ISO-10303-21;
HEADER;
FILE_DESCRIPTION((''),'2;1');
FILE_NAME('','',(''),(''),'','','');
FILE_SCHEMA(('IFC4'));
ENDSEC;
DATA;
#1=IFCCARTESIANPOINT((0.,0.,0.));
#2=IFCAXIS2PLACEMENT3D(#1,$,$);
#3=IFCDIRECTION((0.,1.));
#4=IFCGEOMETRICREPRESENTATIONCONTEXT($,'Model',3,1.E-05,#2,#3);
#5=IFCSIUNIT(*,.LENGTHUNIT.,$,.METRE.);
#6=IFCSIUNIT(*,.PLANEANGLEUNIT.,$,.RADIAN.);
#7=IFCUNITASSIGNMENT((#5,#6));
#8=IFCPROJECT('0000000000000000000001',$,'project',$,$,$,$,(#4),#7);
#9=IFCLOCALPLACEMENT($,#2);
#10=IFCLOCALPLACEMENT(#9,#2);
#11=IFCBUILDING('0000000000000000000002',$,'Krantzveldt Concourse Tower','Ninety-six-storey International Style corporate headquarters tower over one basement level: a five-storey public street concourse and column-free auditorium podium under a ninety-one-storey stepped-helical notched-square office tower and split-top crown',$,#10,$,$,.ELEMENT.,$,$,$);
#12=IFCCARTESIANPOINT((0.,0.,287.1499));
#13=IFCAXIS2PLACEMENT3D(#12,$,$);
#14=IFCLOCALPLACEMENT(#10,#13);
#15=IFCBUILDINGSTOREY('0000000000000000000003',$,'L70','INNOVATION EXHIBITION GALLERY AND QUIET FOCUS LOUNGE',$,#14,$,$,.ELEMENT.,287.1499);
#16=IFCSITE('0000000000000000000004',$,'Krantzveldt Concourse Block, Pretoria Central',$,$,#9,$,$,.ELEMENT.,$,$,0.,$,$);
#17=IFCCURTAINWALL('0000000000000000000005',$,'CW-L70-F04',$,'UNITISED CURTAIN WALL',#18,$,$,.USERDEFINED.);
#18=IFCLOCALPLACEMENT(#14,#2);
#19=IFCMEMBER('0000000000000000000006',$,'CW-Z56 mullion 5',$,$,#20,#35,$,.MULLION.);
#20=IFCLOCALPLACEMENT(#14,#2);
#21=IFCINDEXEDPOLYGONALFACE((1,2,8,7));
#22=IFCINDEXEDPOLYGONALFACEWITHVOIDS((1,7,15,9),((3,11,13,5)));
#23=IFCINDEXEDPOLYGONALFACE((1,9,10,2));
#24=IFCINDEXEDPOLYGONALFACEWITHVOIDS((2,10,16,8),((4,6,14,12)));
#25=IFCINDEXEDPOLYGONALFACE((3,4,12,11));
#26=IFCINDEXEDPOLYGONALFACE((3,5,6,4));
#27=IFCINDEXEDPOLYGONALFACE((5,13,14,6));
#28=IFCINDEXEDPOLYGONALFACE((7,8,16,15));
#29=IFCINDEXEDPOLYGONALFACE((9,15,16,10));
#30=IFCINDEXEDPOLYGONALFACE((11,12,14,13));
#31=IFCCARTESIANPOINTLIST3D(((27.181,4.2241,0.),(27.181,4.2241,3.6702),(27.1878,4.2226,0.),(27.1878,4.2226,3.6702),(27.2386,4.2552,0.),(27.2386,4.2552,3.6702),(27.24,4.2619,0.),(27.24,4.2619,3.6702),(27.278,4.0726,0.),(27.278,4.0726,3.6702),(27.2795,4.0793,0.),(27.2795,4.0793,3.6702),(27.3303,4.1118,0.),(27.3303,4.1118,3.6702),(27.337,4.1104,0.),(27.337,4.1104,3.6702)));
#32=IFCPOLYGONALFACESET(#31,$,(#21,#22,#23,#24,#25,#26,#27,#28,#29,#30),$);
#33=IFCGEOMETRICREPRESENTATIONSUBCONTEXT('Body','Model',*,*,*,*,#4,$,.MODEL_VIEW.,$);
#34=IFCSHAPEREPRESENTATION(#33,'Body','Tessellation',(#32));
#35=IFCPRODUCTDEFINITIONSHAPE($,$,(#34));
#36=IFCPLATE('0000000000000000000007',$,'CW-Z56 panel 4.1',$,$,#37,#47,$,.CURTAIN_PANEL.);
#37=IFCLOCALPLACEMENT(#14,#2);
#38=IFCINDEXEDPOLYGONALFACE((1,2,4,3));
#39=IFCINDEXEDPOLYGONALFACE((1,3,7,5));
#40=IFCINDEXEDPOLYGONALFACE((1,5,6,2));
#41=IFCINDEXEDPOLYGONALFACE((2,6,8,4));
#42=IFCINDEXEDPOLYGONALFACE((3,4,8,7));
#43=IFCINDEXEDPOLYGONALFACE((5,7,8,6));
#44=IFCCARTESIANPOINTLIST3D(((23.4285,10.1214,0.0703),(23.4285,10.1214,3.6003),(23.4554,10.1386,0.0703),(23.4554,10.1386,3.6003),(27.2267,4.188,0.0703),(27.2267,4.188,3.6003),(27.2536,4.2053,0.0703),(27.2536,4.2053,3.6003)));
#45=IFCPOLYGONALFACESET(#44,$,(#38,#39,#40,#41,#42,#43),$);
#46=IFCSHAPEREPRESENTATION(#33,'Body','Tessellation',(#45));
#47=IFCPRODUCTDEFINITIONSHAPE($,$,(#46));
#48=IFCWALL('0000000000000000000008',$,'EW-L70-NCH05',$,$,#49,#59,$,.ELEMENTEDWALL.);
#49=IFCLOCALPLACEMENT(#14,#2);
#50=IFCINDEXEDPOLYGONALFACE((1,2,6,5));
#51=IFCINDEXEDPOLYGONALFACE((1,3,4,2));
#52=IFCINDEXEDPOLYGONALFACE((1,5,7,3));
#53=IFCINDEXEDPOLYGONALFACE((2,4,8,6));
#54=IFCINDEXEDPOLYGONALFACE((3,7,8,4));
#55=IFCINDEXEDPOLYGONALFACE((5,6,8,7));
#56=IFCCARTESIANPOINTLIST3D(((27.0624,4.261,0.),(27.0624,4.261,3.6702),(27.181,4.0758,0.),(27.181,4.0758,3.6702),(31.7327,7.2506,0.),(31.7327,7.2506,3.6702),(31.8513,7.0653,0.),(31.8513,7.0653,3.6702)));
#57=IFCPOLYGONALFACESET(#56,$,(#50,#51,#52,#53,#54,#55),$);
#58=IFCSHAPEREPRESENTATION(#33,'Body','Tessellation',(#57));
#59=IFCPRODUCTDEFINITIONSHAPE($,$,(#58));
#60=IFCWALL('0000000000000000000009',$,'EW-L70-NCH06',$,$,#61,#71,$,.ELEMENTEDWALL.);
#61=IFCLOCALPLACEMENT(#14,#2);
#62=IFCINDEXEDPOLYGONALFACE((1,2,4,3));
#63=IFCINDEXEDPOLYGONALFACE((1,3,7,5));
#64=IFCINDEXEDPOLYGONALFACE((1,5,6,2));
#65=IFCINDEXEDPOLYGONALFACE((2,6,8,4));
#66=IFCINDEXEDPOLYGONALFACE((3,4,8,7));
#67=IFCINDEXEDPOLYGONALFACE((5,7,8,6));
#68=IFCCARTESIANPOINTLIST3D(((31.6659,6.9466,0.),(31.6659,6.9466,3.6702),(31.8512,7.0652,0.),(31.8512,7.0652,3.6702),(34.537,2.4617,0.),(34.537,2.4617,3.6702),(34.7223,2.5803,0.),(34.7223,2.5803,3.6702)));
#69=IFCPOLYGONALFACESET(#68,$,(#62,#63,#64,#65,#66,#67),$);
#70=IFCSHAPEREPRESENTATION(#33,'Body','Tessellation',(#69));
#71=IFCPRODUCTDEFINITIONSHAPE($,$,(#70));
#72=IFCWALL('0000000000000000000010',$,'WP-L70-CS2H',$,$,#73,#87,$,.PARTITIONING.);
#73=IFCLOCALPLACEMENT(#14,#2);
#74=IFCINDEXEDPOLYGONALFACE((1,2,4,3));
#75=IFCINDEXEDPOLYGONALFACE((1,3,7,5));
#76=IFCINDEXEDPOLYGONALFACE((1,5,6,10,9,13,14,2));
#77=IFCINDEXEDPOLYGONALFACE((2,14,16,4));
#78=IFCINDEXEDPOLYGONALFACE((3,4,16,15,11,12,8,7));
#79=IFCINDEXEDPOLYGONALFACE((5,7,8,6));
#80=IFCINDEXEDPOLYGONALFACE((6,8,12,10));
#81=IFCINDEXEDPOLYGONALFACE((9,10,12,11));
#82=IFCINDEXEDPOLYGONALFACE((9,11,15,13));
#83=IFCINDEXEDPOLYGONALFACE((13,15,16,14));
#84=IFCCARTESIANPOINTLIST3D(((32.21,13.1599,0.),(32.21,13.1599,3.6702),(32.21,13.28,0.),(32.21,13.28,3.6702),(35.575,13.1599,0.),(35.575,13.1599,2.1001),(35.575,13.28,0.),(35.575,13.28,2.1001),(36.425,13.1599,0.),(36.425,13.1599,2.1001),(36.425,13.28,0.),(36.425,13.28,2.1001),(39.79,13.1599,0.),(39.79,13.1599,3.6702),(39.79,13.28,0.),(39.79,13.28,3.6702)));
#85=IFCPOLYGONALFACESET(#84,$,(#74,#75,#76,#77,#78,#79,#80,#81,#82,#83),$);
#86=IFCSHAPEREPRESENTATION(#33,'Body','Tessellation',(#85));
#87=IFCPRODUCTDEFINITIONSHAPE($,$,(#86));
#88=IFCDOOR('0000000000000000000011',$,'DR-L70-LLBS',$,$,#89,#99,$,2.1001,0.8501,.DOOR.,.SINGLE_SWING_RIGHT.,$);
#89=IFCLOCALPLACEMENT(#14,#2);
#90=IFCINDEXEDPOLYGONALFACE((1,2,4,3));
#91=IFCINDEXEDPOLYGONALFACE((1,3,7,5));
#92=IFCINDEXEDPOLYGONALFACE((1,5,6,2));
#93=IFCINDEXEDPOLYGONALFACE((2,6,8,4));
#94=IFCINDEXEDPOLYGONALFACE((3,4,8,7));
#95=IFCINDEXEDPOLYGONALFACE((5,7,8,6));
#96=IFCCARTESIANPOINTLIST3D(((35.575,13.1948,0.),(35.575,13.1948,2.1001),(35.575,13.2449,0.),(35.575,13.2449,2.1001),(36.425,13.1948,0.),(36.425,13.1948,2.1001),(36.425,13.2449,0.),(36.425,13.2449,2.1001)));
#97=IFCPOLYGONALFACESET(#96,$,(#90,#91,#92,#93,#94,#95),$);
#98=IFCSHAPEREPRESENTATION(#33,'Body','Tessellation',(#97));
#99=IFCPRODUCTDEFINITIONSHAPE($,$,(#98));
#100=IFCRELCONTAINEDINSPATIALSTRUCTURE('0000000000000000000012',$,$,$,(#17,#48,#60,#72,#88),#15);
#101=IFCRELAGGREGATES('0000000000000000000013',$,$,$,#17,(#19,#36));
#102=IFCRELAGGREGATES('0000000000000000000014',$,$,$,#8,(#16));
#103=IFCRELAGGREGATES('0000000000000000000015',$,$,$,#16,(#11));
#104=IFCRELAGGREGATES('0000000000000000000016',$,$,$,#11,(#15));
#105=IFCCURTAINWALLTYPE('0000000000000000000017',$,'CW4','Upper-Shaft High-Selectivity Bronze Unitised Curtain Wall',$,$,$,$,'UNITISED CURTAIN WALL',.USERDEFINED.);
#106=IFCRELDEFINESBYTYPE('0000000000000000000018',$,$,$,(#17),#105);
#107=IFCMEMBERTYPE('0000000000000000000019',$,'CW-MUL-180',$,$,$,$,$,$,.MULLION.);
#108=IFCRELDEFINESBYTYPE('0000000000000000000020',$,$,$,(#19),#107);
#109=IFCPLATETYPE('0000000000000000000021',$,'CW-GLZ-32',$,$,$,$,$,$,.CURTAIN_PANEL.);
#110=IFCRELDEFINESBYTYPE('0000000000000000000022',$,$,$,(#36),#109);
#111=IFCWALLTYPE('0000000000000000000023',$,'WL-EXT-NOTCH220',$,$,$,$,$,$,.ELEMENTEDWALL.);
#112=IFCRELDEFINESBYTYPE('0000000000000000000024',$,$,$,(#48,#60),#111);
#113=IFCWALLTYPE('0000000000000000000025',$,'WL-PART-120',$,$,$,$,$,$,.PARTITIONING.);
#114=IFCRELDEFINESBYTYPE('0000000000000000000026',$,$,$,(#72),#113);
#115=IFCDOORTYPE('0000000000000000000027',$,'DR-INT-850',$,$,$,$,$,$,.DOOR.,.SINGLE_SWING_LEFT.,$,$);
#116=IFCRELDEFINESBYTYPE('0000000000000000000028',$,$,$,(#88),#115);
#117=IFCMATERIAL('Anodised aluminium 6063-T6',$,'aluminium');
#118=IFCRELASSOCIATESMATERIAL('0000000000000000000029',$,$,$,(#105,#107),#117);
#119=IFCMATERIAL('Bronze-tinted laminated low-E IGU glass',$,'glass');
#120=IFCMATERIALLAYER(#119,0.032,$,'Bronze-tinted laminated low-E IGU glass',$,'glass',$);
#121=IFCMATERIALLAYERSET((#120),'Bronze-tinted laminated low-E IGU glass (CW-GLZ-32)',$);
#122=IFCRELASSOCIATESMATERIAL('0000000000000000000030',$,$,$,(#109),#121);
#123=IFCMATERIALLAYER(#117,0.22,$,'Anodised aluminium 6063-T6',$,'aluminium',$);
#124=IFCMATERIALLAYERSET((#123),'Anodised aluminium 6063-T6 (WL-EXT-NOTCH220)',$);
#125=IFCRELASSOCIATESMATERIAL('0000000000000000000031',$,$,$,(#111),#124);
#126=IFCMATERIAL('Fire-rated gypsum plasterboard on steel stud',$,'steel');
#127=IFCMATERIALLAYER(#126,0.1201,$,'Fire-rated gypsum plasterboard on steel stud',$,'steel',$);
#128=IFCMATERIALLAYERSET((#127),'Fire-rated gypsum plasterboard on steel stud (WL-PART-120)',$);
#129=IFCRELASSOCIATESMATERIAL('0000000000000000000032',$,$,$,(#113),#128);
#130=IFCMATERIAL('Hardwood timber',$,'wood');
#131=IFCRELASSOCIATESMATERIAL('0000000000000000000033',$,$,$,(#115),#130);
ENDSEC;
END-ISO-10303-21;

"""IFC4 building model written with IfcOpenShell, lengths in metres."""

from ifc_helpers import new_model, si_unit, direction, frame, frame_2d, origin, origin_2d, place, context, subcontext, project, spatial, rectangle, hollow_rectangle, extrude, source, transform, mapped, material, layer, layer_set, material_profile, profile_set, type_object, type_shapes, element, fill, aggregate, save


model = new_model("IFC4")

# Units and contexts
model_context = context("Model", 3, precision=1e-05, world=origin(), true_north=direction((0.0, 1.0)))
body_context = subcontext(model_context, "Body", "Model", "MODEL_VIEW")
ifc_project = project(units=[si_unit("LENGTHUNIT", "METRE"), si_unit("PLANEANGLEUNIT", "RADIAN")], contexts=[model_context])

# Site, building, storey
site_placement = place(None, origin())
site = spatial("IfcSite", under=ifc_project, at=site_placement, Name="Krantzveldt Concourse Block, Pretoria Central", CompositionType="ELEMENT", RefElevation=0.0)
building_placement = place(site_placement, origin())
building = spatial("IfcBuilding", under=site, at=building_placement, Name="Krantzveldt Concourse Tower", Description="Ninety-six-storey International Style corporate headquarters tower over one basement level: a five-storey public street concourse and column-free auditorium podium under a ninety-one-storey stepped-helical notched-square office tower and split-top crown", CompositionType="ELEMENT")
storey_placement = place(building_placement, frame((0.0, 0.0, 287.1499)))
storey = spatial("IfcBuildingStorey", under=building, at=storey_placement, Name="L70", Description="INNOVATION EXHIBITION GALLERY AND QUIET FOCUS LOUNGE", CompositionType="ELEMENT", Elevation=287.1499)

# Curtain wall, member, plate
ifc_material_1 = material(Name="Anodised aluminium 6063-T6", Category="aluminium")
curtain_wall_type = type_object("IfcCurtainWallType", Name="CW4", Description="Upper-Shaft High-Selectivity Bronze Unitised Curtain Wall", ElementType="UNITISED CURTAIN WALL", PredefinedType="USERDEFINED", material=ifc_material_1)
curtain_wall_placement = place(storey_placement, origin())
curtain_wall = element("IfcCurtainWall", 1, at=curtain_wall_placement, inside=storey, type_object=curtain_wall_type, Name="CW-L70-F04", ObjectType="UNITISED CURTAIN WALL", PredefinedType="USERDEFINED")
ifc_material_profile = material_profile(ifc_material_1, hollow_rectangle(XDim=0.0701, YDim=0.1799, WallThickness=0.0049, at=origin_2d()), Name="Anodised aluminium 6063-T6", Category="aluminium")
ifc_profile_set = profile_set([ifc_material_profile], Name="Anodised aluminium 6063-T6 - ALU-MULL 180x70x5")
member_type = type_object("IfcMemberType", Name="CW-MUL-180", PredefinedType="MULLION", material=ifc_profile_set)
shared_shape_1 = source(origin(), body_context, "Body", "SweptSolid", [
    extrude(hollow_rectangle(XDim=0.0701, YDim=0.1799, WallThickness=0.0049, at=origin_2d()), origin(), (0.0, 0.0, 1.0), 3.6702),
])
type_shapes(member_type, [shared_shape_1])
member_placement = place(storey_placement, frame((27.259, 4.1672, 0.0), z_axis=(0.0, 0.0, 1.0), x_axis=(0.842217, 0.539138, 0.0)))
member = element("IfcMember", 2, at=member_placement, type_object=member_type, Name="CW-Z56 mullion 5", PredefinedType="MULLION", context=body_context, shape_type="MappedRepresentation", body=[
    mapped(shared_shape_1, transform((0.0, 0.0, 0.0), x_axis=(1.0, 0.0, 0.0), y_axis=(0.0, 1.0, 0.0), z_axis=(0.0, 0.0, 1.0), scale=1.0)),
])
ifc_material_2 = material(Name="Bronze-tinted laminated low-E IGU glass", Category="glass")
ifc_layer_1 = layer(ifc_material_2, 0.032, Name="Bronze-tinted laminated low-E IGU glass", Category="glass")
ifc_layer_set_1 = layer_set([ifc_layer_1], Name="Bronze-tinted laminated low-E IGU glass (CW-GLZ-32)")
plate_type = type_object("IfcPlateType", Name="CW-GLZ-32", PredefinedType="CURTAIN_PANEL", material=ifc_layer_set_1)
shared_shape_2 = source(origin(), body_context, "Body", "SweptSolid", [
    extrude(rectangle(XDim=7.0449, YDim=0.032, at=origin_2d()), origin(), (0.0, 0.0, 1.0), 3.53),
])
type_shapes(plate_type, [shared_shape_2])
plate_placement = place(storey_placement, frame((25.3411, 7.1633, 0.0703), z_axis=(0.0, 0.0, 1.0), x_axis=(0.539138, -0.842217, 0.0)))
plate = element("IfcPlate", 3, at=plate_placement, type_object=plate_type, Name="CW-Z56 panel 4.1", PredefinedType="CURTAIN_PANEL", context=body_context, shape_type="MappedRepresentation", body=[
    mapped(shared_shape_2, transform((0.0, 0.0, 0.0), x_axis=(1.0, 0.0, 0.0), y_axis=(0.0, 1.0, 0.0), z_axis=(0.0, 0.0, 1.0), scale=1.0)),
])
aggregate(curtain_wall, [member, plate])

# Walls
ifc_layer_2 = layer(ifc_material_1, 0.22, Name="Anodised aluminium 6063-T6", Category="aluminium")
ifc_layer_set_2 = layer_set([ifc_layer_2], Name="Anodised aluminium 6063-T6 (WL-EXT-NOTCH220)")
wall_type_1 = type_object("IfcWallType", Name="WL-EXT-NOTCH220", PredefinedType="ELEMENTEDWALL", material=ifc_layer_set_2)
wall_1_placement = place(storey_placement, frame((27.1218, 4.1685, 0.0), z_axis=(0.0, 0.0, 1.0), x_axis=(0.842223, 0.53913, 0.0)))
element("IfcWall", 4, at=wall_1_placement, inside=storey, type_object=wall_type_1, Name="EW-L70-NCH05", PredefinedType="ELEMENTEDWALL", context=body_context, shape_type="SweptSolid", body=[
    extrude(rectangle(XDim=5.5452, YDim=0.22, at=frame_2d((2.7725, 0.0))), origin(), (0.0, 0.0, 1.0), 3.6702),
])
wall_2_placement = place(storey_placement, frame((31.7585, 7.0059, 0.0), z_axis=(0.0, 0.0, 1.0), x_axis=(0.539158, -0.842205, 0.0)))
element("IfcWall", 5, at=wall_2_placement, inside=storey, type_object=wall_type_1, Name="EW-L70-NCH06", PredefinedType="ELEMENTEDWALL", context=body_context, shape_type="SweptSolid", body=[
    extrude(rectangle(XDim=5.3252, YDim=0.22, at=frame_2d((2.6626, 0.0))), origin(), (0.0, 0.0, 1.0), 3.6702),
])

# Wall, opening, door
ifc_material_3 = material(Name="Fire-rated gypsum plasterboard on steel stud", Category="steel")
ifc_layer_3 = layer(ifc_material_3, 0.1201, Name="Fire-rated gypsum plasterboard on steel stud", Category="steel")
ifc_layer_set_3 = layer_set([ifc_layer_3], Name="Fire-rated gypsum plasterboard on steel stud (WL-PART-120)")
wall_type_2 = type_object("IfcWallType", Name="WL-PART-120", PredefinedType="PARTITIONING", material=ifc_layer_set_3)
wall_3_placement = place(storey_placement, frame((32.21, 13.22, 0.0), z_axis=(0.0, 0.0, 1.0), x_axis=(1.0, 0.0, 0.0)))
wall_3 = element("IfcWall", 6, at=wall_3_placement, inside=storey, type_object=wall_type_2, Name="WP-L70-CS2H", PredefinedType="PARTITIONING", context=body_context, shape_type="SweptSolid", body=[
    extrude(rectangle(XDim=7.5801, YDim=0.1201, at=frame_2d((3.79, 0.0))), origin(), (0.0, 0.0, 1.0), 3.6702),
])
opening_1_placement = place(wall_3_placement, frame((3.365, 0.0, 0.0)))
opening_1 = element("IfcOpeningElement", 7, at=opening_1_placement, cuts=wall_3, PredefinedType="OPENING", context=body_context, shape_type="SweptSolid", body=[
    extrude(rectangle(XDim=0.8501, YDim=2.1001, at=frame_2d((0.425, 1.05))), frame((0.0, 0.0701, 0.0), z_axis=(0.0, -1.0, 0.0), x_axis=(1.0, 0.0, 0.0)), (0.0, 0.0, 1.0), 0.1401),
])
ifc_material_4 = material(Name="Hardwood timber", Category="wood")
door_type_1 = type_object("IfcDoorType", Name="DR-INT-850", OperationType="SINGLE_SWING_LEFT", PredefinedType="DOOR", material=ifc_material_4)
door_1_placement = place(opening_1_placement, origin())
door_1 = element("IfcDoor", 8, at=door_1_placement, inside=storey, type_object=door_type_1, Name="DR-L70-LLBS", OperationType="SINGLE_SWING_RIGHT", OverallHeight=2.1001, OverallWidth=0.8501, PredefinedType="DOOR", context=body_context, shape_type="SweptSolid", body=[
    extrude(rectangle(XDim=0.8501, YDim=2.1001, at=frame_2d((0.425, 1.05))), frame((0.0, 0.0249, 0.0), z_axis=(0.0, -1.0, 0.0), x_axis=(1.0, 0.0, 0.0)), (0.0, 0.0, 1.0), 0.05),
])
fill(opening_1, door_1)

save(model, "model.ifc")
